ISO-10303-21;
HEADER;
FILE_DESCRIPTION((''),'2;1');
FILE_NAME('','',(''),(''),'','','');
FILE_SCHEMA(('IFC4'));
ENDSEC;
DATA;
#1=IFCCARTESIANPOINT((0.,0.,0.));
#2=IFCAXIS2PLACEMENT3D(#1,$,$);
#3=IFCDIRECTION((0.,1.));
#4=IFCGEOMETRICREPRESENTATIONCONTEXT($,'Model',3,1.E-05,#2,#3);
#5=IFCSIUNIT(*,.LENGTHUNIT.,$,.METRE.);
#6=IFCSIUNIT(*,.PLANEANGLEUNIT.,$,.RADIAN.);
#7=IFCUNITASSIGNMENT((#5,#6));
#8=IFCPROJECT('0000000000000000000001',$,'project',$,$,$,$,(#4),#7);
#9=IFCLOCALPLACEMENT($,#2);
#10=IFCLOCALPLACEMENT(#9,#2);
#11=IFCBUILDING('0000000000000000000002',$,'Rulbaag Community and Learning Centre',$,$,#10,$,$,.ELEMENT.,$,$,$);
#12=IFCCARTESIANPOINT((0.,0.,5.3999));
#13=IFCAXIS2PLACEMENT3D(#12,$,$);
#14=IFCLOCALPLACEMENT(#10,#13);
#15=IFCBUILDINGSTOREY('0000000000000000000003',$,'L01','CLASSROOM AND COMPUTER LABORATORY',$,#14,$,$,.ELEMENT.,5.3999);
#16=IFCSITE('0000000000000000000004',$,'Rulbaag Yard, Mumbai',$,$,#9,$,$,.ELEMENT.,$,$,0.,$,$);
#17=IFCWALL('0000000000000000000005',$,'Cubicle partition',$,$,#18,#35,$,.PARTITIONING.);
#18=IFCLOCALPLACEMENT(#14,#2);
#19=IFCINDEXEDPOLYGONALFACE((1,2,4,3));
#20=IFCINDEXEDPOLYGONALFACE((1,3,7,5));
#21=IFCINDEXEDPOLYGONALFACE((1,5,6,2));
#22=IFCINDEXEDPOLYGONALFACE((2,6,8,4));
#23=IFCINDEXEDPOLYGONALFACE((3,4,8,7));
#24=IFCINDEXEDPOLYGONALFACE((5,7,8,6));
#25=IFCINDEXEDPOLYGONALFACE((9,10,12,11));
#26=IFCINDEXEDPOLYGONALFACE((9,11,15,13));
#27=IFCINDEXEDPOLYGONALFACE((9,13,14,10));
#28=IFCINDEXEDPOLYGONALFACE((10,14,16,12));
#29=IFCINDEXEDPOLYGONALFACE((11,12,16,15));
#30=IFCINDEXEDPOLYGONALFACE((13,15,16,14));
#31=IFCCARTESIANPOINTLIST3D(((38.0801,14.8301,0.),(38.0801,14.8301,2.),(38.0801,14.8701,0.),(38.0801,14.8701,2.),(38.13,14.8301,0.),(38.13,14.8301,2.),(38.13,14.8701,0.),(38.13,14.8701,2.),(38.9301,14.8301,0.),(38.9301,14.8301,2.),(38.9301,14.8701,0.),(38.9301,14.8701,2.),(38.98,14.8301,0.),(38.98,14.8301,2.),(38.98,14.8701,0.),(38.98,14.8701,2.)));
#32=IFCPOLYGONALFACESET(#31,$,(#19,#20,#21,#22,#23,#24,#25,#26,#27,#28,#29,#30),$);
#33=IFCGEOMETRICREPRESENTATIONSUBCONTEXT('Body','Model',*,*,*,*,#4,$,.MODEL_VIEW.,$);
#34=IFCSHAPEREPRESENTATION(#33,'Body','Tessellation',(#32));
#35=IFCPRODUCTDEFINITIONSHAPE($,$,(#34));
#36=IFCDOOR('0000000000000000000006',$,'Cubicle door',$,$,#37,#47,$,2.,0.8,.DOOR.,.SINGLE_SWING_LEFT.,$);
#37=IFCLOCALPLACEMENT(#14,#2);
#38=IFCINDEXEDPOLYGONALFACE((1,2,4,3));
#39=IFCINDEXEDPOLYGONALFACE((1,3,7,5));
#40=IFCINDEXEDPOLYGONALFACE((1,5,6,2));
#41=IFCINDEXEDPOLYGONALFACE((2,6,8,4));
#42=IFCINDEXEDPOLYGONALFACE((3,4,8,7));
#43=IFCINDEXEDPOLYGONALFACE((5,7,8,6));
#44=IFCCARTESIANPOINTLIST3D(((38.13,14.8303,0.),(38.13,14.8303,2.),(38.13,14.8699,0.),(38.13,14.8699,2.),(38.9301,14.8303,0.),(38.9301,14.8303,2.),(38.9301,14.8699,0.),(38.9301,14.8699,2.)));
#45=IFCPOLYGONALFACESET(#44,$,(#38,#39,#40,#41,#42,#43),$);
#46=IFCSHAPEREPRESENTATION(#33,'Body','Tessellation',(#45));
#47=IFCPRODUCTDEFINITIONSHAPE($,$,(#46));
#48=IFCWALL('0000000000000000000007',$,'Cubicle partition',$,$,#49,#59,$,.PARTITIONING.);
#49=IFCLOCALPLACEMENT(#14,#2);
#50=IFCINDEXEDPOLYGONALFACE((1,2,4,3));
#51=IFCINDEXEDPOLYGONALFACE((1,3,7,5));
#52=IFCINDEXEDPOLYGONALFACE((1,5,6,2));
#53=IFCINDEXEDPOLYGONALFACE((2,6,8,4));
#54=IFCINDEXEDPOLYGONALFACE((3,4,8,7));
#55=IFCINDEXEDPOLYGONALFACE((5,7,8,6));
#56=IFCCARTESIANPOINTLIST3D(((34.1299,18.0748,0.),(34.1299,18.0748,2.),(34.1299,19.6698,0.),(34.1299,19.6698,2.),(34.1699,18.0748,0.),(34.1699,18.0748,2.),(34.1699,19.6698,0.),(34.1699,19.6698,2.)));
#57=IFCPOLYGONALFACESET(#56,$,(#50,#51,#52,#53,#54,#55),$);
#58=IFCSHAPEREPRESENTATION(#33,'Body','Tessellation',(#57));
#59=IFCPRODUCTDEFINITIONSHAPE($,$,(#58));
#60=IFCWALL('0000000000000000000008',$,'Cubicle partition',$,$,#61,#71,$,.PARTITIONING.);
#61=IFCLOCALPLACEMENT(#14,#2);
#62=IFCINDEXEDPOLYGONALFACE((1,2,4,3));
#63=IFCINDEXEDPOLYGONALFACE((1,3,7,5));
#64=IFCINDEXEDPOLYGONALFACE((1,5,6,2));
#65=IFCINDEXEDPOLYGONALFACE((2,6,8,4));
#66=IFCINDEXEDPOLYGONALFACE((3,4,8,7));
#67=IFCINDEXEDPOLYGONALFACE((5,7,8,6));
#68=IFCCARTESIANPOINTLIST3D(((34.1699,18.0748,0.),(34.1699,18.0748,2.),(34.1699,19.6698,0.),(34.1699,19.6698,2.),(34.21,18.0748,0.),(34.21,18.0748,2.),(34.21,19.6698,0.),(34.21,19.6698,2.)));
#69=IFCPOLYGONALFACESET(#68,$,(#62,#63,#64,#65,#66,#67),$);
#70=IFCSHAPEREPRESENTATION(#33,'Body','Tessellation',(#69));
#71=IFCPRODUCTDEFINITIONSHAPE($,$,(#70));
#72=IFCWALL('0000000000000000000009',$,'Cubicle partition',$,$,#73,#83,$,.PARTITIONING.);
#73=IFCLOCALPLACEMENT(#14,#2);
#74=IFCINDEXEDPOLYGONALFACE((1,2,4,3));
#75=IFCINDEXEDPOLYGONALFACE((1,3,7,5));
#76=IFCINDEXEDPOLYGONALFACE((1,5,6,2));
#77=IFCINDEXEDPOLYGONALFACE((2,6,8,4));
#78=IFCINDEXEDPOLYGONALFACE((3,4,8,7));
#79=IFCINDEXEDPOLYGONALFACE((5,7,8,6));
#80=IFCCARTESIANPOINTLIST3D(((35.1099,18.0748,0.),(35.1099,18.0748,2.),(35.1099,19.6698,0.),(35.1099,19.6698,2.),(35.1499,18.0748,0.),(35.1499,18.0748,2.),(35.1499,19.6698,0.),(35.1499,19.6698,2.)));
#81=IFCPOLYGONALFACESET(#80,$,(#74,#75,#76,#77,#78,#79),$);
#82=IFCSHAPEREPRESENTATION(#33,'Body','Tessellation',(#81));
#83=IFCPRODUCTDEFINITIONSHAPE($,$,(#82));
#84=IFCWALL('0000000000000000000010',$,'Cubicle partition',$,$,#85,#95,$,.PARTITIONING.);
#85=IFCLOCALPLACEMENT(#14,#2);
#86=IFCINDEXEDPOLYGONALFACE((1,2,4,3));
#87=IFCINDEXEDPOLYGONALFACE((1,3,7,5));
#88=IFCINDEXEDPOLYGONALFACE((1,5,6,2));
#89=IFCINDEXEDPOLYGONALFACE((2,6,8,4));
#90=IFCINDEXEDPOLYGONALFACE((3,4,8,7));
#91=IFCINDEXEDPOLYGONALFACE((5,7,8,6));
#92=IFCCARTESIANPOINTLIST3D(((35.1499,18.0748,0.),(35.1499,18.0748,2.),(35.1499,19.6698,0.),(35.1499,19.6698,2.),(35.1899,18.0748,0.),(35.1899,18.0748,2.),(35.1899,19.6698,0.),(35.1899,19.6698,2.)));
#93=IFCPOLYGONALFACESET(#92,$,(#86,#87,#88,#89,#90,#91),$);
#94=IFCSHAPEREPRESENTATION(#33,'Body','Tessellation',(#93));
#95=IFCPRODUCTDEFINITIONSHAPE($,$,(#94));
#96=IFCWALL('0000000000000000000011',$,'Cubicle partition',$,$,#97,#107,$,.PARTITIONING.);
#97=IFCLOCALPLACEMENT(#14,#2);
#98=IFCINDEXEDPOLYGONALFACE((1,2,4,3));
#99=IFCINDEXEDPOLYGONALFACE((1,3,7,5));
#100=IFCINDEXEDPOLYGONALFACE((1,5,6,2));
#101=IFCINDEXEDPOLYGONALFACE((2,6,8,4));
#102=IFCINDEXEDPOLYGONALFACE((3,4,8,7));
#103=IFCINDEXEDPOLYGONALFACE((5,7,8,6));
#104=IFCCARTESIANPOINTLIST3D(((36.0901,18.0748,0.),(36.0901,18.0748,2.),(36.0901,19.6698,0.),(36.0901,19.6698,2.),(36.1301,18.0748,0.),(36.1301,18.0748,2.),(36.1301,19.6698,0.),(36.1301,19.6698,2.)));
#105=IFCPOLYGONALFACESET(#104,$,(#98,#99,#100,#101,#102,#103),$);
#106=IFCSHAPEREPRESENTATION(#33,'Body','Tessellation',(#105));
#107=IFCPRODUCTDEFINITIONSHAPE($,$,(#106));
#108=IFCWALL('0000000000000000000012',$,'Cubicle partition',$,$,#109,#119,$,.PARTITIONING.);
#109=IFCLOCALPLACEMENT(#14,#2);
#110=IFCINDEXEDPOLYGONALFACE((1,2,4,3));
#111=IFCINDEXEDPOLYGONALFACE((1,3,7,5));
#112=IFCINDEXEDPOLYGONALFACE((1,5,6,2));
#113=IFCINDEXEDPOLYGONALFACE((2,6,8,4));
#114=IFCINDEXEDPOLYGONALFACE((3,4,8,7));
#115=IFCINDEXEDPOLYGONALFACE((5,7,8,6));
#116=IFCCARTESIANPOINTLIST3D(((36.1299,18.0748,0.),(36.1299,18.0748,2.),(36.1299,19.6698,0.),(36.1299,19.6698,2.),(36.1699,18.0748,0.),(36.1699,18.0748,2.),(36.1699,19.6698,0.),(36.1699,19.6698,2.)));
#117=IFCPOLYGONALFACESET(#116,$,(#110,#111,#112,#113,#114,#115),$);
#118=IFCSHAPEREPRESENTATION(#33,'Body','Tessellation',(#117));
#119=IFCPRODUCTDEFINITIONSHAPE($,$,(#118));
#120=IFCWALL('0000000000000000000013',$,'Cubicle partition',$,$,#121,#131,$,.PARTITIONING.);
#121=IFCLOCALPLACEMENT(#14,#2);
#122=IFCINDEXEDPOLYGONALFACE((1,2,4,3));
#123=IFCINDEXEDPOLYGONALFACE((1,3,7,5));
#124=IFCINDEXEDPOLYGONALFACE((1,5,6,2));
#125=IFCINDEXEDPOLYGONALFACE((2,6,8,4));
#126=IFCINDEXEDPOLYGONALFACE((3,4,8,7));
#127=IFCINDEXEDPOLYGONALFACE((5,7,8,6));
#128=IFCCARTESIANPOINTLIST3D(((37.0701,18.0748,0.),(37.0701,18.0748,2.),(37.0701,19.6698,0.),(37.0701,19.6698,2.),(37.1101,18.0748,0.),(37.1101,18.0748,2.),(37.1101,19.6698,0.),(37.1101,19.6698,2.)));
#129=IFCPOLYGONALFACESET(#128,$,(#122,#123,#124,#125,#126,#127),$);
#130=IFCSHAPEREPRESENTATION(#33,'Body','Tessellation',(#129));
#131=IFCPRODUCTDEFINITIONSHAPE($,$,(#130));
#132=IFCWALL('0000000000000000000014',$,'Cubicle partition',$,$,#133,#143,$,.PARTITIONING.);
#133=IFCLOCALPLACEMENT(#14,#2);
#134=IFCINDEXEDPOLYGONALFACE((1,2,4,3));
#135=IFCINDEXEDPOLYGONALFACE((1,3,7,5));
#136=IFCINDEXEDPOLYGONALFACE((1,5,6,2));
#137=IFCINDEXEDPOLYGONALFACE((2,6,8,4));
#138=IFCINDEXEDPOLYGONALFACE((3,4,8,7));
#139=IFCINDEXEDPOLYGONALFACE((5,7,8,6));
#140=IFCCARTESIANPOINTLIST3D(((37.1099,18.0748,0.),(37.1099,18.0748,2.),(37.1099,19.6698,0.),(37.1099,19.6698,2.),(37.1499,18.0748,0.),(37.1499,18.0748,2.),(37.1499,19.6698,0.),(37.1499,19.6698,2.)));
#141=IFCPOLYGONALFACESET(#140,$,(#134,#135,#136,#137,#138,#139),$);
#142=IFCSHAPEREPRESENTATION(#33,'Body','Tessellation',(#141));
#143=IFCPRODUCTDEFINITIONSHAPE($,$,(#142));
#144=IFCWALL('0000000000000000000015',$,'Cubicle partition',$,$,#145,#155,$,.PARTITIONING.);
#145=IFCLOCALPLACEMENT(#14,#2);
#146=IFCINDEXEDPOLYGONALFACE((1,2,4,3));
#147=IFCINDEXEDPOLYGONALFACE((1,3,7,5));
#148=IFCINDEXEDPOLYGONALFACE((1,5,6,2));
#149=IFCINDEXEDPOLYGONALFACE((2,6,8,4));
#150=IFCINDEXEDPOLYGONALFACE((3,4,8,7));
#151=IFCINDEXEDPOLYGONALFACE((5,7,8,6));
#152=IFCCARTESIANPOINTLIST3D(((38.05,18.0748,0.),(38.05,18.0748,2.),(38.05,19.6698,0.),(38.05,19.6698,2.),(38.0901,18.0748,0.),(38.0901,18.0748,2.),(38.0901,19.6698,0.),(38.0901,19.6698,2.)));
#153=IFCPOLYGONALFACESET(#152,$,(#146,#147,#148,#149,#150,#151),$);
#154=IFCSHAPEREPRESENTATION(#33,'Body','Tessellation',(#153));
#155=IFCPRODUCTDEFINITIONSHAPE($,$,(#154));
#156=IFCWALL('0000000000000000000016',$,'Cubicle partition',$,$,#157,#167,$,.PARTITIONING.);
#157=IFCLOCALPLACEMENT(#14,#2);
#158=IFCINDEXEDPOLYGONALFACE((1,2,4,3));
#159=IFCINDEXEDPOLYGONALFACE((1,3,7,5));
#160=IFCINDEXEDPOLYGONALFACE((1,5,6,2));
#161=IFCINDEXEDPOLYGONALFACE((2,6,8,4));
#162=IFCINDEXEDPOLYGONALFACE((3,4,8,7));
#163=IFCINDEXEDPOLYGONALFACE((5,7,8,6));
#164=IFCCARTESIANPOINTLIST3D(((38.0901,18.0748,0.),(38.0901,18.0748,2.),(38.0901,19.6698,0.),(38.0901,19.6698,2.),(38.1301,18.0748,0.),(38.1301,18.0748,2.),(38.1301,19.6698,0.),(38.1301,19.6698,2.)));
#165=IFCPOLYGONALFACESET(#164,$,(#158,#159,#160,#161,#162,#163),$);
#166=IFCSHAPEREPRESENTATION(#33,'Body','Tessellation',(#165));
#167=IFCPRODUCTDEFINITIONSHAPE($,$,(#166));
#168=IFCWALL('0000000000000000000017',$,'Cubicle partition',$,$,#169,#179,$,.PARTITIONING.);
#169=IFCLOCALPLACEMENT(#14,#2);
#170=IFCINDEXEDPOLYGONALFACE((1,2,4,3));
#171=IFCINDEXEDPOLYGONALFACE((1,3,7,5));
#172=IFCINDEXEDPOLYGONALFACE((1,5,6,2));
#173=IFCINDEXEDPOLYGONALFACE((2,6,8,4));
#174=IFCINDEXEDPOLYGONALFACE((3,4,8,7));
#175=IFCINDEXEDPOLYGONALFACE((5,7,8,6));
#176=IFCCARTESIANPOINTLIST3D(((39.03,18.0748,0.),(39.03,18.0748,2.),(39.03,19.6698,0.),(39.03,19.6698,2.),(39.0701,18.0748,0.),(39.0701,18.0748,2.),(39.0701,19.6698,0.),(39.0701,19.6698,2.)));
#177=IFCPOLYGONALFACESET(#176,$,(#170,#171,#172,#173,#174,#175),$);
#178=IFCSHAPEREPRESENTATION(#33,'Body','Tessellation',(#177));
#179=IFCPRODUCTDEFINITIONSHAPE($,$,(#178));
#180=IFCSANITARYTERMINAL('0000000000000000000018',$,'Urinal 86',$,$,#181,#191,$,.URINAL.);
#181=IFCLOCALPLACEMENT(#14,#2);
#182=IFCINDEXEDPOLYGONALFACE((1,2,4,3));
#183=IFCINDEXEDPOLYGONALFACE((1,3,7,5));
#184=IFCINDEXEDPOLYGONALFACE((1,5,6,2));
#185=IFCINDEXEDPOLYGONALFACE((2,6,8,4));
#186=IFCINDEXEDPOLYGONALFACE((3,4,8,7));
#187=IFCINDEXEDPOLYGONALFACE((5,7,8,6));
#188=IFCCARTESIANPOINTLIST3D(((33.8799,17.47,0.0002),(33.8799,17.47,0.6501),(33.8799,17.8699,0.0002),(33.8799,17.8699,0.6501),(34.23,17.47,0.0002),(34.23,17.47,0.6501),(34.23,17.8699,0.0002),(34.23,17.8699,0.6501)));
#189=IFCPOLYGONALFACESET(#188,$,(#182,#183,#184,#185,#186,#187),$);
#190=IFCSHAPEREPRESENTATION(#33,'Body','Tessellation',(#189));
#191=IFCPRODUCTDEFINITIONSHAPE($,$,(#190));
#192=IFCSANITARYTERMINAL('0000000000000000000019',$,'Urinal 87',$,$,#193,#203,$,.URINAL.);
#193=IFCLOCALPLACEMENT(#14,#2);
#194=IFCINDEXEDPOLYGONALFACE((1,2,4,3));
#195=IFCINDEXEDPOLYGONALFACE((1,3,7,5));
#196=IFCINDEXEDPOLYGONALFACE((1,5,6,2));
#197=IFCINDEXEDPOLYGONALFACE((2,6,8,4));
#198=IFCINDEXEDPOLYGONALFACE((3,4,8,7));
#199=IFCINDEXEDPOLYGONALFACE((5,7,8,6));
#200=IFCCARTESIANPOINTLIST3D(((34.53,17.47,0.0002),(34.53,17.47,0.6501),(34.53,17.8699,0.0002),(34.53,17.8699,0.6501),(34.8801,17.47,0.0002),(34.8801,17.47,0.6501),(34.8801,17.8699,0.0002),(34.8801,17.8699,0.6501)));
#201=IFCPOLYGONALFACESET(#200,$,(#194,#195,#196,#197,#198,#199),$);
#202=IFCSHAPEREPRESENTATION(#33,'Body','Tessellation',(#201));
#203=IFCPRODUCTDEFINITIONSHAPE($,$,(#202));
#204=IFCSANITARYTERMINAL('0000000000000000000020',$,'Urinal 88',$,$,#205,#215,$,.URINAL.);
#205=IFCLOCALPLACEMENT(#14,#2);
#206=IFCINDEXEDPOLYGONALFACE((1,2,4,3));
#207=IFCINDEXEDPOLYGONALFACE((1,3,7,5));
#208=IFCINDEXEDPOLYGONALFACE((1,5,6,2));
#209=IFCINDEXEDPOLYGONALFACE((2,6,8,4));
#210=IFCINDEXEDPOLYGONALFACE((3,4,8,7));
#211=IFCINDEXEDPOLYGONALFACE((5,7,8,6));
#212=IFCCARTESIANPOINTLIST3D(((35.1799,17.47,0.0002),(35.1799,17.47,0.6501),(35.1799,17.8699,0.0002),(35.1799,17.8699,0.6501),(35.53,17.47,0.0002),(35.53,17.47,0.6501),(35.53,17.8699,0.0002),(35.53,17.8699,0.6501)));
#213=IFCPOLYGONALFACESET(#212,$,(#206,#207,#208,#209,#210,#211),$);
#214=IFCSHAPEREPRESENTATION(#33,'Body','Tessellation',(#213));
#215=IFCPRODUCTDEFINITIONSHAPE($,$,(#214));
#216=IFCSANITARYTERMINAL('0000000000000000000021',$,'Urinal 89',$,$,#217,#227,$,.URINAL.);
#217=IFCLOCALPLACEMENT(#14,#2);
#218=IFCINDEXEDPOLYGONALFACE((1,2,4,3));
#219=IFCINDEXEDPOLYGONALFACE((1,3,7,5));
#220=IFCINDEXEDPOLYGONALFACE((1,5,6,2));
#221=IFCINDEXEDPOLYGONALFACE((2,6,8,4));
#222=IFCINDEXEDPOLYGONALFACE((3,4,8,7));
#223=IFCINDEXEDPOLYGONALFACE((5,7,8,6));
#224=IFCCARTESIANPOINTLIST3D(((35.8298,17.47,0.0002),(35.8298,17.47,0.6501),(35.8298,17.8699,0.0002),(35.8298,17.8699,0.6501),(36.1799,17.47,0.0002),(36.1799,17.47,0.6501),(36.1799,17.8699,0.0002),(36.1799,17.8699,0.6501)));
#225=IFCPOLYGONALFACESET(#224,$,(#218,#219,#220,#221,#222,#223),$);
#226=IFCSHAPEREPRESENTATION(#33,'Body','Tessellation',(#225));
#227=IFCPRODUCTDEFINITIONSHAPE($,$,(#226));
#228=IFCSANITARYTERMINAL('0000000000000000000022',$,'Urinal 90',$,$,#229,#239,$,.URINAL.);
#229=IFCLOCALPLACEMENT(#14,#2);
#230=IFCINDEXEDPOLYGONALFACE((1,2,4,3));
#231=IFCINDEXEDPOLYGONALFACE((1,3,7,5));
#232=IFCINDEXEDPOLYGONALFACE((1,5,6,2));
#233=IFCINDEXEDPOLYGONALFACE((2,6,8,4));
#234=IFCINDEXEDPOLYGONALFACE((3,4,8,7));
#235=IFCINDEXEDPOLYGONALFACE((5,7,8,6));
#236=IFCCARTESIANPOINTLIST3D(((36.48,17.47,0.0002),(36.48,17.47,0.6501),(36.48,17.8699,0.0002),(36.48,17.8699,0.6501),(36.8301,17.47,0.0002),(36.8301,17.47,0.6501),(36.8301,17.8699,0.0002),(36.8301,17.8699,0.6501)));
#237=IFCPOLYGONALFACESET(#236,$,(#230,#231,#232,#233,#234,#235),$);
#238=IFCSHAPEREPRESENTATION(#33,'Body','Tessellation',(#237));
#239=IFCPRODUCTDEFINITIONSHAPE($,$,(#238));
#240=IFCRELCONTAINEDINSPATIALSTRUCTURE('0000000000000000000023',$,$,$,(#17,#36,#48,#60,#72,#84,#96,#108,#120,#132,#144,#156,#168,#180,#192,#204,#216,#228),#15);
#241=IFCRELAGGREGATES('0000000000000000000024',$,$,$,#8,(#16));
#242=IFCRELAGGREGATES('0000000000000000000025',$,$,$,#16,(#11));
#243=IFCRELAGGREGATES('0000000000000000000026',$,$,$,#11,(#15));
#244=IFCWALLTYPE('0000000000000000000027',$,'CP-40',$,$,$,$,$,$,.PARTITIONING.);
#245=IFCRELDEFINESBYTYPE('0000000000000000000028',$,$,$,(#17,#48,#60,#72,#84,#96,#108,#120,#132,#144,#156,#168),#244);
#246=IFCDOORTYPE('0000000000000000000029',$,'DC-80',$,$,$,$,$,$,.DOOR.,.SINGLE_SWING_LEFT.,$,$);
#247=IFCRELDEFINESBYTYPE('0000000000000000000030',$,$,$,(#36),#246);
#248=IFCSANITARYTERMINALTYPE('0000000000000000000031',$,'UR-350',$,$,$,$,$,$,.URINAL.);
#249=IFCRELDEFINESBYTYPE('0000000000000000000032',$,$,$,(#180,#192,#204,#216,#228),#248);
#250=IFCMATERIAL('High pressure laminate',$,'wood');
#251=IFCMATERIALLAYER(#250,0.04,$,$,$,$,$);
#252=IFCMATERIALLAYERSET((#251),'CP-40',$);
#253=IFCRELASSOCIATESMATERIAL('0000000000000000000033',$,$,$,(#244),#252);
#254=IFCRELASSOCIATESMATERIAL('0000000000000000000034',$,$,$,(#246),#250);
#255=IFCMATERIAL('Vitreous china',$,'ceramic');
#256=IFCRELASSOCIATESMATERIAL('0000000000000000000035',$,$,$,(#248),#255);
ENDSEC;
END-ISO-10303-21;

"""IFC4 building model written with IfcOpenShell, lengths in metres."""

from ifc_helpers import new_model, si_unit, direction, frame, frame_2d, origin, origin_2d, place, context, subcontext, project, spatial, rectangle, extrude, material, layer, layer_set, type_object, element, fill, save


model = new_model("IFC4")

# Units and contexts
model_context = context("Model", 3, precision=1e-05, world=origin(), true_north=direction((0.0, 1.0)))
body_context = subcontext(model_context, "Body", "Model", "MODEL_VIEW")
ifc_project = project(units=[si_unit("LENGTHUNIT", "METRE"), si_unit("PLANEANGLEUNIT", "RADIAN")], contexts=[model_context])

# Site, building, storey
site_placement = place(None, origin())
site = spatial("IfcSite", under=ifc_project, at=site_placement, Name="Rulbaag Yard, Mumbai", CompositionType="ELEMENT", RefElevation=0.0)
building_placement = place(site_placement, origin())
building = spatial("IfcBuilding", under=site, at=building_placement, Name="Rulbaag Community and Learning Centre", CompositionType="ELEMENT")
storey_placement = place(building_placement, frame((0.0, 0.0, 5.3999)))
storey = spatial("IfcBuildingStorey", under=building, at=storey_placement, Name="L01", Description="CLASSROOM AND COMPUTER LABORATORY", CompositionType="ELEMENT", Elevation=5.3999)

# Wall, opening, door
ifc_material_1 = material(Name="High pressure laminate", Category="wood")
ifc_layer = layer(ifc_material_1, 0.04)
ifc_layer_set = layer_set([ifc_layer], Name="CP-40")
wall_type = type_object("IfcWallType", Name="CP-40", PredefinedType="PARTITIONING", material=ifc_layer_set)
wall_placement = place(storey_placement, frame((38.0801, 14.8501, 0.0), z_axis=(0.0, 0.0, 1.0), x_axis=(1.0, 0.0, 0.0)))
wall = element("IfcWall", 1, at=wall_placement, inside=storey, type_object=wall_type, Name="Cubicle partition", PredefinedType="PARTITIONING", context=body_context, shape_type="SweptSolid", body=[
    extrude(rectangle(XDim=0.8999, YDim=0.04, at=frame_2d((0.45, 0.0))), origin(), (0.0, 0.0, 1.0), 2.0),
])
opening_placement = place(wall_placement, frame((0.05, 0.0, 0.0)))
opening = element("IfcOpeningElement", 2, at=opening_placement, cuts=wall, PredefinedType="OPENING", context=body_context, shape_type="SweptSolid", body=[
    extrude(rectangle(XDim=0.8, YDim=2.0, at=frame_2d((0.3999, 1.0))), frame((0.0, 0.03, 0.0), z_axis=(0.0, -1.0, 0.0), x_axis=(1.0, 0.0, 0.0)), (0.0, 0.0, 1.0), 0.0601),
])
door_type = type_object("IfcDoorType", Name="DC-80", OperationType="SINGLE_SWING_LEFT", PredefinedType="DOOR", material=ifc_material_1)
door_placement = place(opening_placement, origin())
door = element("IfcDoor", 3, at=door_placement, inside=storey, type_object=door_type, Name="Cubicle door", OperationType="SINGLE_SWING_LEFT", OverallHeight=2.0, OverallWidth=0.8, PredefinedType="DOOR", context=body_context, shape_type="SweptSolid", body=[
    extrude(rectangle(XDim=0.8, YDim=2.0, at=frame_2d((0.3999, 1.0))), frame((0.0, 0.0198, 0.0), z_axis=(0.0, -1.0, 0.0), x_axis=(1.0, 0.0, 0.0)), (0.0, 0.0, 1.0), 0.0396),
])
fill(opening, door)

# Walls
for number, where, z_axis, x_axis, name in (
    (4, (34.1499, 18.075, 0.0), (0.0, 0.0, 1.0), (0.0, 1.0, 0.0), "Cubicle partition"),
    (5, (34.1899, 18.075, 0.0), (0.0, 0.0, 1.0), (0.0, 1.0, 0.0), "Cubicle partition"),
    (6, (35.1299, 18.075, 0.0), (0.0, 0.0, 1.0), (0.0, 1.0, 0.0), "Cubicle partition"),
    (7, (35.1699, 18.075, 0.0), (0.0, 0.0, 1.0), (0.0, 1.0, 0.0), "Cubicle partition"),
    (8, (36.1101, 18.075, 0.0), (0.0, 0.0, 1.0), (0.0, 1.0, 0.0), "Cubicle partition"),
    (9, (36.1499, 18.075, 0.0), (0.0, 0.0, 1.0), (0.0, 1.0, 0.0), "Cubicle partition"),
    (10, (37.0901, 18.075, 0.0), (0.0, 0.0, 1.0), (0.0, 1.0, 0.0), "Cubicle partition"),
    (11, (37.1299, 18.075, 0.0), (0.0, 0.0, 1.0), (0.0, 1.0, 0.0), "Cubicle partition"),
    (12, (38.0701, 18.075, 0.0), (0.0, 0.0, 1.0), (0.0, 1.0, 0.0), "Cubicle partition"),
    (13, (38.1101, 18.075, 0.0), (0.0, 0.0, 1.0), (0.0, 1.0, 0.0), "Cubicle partition"),
    (14, (39.05, 18.075, 0.0), (0.0, 0.0, 1.0), (0.0, 1.0, 0.0), "Cubicle partition"),
):
    element("IfcWall", number, at=place(storey_placement, frame(where, z_axis=z_axis, x_axis=x_axis)), inside=storey, type_object=wall_type, Name=name, PredefinedType="PARTITIONING", context=body_context, shape_type="SweptSolid", body=[
        extrude(rectangle(XDim=1.595, YDim=0.04, at=frame_2d((0.7974, 0.0))), origin(), (0.0, 0.0, 1.0), 2.0),
    ])

# Sanitary terminals
ifc_material_2 = material(Name="Vitreous china", Category="ceramic")
sanitary_terminal_type_1 = type_object("IfcSanitaryTerminalType", Name="UR-350", PredefinedType="URINAL", material=ifc_material_2)
for number, where, z_axis, x_axis, name in (
    (15, (34.0549, 17.6699, 0.0002), (0.0, 0.0, 1.0), (1.0, 0.0, 0.0), "Urinal 86"),
    (16, (34.7051, 17.6699, 0.0002), (0.0, 0.0, 1.0), (1.0, 0.0, 0.0), "Urinal 87"),
    (17, (35.355, 17.6699, 0.0002), (0.0, 0.0, 1.0), (1.0, 0.0, 0.0), "Urinal 88"),
    (18, (36.0049, 17.6699, 0.0002), (0.0, 0.0, 1.0), (1.0, 0.0, 0.0), "Urinal 89"),
    (19, (36.655, 17.6699, 0.0002), (0.0, 0.0, 1.0), (1.0, 0.0, 0.0), "Urinal 90"),
):
    element("IfcSanitaryTerminal", number, at=place(storey_placement, frame(where, z_axis=z_axis, x_axis=x_axis)), inside=storey, type_object=sanitary_terminal_type_1, Name=name, PredefinedType="URINAL", context=body_context, shape_type="SweptSolid", body=[
        extrude(rectangle(XDim=0.3501, YDim=0.3999, at=origin_2d()), origin(), (0.0, 0.0, 1.0), 0.6499),
    ])

save(model, "model.ifc")
